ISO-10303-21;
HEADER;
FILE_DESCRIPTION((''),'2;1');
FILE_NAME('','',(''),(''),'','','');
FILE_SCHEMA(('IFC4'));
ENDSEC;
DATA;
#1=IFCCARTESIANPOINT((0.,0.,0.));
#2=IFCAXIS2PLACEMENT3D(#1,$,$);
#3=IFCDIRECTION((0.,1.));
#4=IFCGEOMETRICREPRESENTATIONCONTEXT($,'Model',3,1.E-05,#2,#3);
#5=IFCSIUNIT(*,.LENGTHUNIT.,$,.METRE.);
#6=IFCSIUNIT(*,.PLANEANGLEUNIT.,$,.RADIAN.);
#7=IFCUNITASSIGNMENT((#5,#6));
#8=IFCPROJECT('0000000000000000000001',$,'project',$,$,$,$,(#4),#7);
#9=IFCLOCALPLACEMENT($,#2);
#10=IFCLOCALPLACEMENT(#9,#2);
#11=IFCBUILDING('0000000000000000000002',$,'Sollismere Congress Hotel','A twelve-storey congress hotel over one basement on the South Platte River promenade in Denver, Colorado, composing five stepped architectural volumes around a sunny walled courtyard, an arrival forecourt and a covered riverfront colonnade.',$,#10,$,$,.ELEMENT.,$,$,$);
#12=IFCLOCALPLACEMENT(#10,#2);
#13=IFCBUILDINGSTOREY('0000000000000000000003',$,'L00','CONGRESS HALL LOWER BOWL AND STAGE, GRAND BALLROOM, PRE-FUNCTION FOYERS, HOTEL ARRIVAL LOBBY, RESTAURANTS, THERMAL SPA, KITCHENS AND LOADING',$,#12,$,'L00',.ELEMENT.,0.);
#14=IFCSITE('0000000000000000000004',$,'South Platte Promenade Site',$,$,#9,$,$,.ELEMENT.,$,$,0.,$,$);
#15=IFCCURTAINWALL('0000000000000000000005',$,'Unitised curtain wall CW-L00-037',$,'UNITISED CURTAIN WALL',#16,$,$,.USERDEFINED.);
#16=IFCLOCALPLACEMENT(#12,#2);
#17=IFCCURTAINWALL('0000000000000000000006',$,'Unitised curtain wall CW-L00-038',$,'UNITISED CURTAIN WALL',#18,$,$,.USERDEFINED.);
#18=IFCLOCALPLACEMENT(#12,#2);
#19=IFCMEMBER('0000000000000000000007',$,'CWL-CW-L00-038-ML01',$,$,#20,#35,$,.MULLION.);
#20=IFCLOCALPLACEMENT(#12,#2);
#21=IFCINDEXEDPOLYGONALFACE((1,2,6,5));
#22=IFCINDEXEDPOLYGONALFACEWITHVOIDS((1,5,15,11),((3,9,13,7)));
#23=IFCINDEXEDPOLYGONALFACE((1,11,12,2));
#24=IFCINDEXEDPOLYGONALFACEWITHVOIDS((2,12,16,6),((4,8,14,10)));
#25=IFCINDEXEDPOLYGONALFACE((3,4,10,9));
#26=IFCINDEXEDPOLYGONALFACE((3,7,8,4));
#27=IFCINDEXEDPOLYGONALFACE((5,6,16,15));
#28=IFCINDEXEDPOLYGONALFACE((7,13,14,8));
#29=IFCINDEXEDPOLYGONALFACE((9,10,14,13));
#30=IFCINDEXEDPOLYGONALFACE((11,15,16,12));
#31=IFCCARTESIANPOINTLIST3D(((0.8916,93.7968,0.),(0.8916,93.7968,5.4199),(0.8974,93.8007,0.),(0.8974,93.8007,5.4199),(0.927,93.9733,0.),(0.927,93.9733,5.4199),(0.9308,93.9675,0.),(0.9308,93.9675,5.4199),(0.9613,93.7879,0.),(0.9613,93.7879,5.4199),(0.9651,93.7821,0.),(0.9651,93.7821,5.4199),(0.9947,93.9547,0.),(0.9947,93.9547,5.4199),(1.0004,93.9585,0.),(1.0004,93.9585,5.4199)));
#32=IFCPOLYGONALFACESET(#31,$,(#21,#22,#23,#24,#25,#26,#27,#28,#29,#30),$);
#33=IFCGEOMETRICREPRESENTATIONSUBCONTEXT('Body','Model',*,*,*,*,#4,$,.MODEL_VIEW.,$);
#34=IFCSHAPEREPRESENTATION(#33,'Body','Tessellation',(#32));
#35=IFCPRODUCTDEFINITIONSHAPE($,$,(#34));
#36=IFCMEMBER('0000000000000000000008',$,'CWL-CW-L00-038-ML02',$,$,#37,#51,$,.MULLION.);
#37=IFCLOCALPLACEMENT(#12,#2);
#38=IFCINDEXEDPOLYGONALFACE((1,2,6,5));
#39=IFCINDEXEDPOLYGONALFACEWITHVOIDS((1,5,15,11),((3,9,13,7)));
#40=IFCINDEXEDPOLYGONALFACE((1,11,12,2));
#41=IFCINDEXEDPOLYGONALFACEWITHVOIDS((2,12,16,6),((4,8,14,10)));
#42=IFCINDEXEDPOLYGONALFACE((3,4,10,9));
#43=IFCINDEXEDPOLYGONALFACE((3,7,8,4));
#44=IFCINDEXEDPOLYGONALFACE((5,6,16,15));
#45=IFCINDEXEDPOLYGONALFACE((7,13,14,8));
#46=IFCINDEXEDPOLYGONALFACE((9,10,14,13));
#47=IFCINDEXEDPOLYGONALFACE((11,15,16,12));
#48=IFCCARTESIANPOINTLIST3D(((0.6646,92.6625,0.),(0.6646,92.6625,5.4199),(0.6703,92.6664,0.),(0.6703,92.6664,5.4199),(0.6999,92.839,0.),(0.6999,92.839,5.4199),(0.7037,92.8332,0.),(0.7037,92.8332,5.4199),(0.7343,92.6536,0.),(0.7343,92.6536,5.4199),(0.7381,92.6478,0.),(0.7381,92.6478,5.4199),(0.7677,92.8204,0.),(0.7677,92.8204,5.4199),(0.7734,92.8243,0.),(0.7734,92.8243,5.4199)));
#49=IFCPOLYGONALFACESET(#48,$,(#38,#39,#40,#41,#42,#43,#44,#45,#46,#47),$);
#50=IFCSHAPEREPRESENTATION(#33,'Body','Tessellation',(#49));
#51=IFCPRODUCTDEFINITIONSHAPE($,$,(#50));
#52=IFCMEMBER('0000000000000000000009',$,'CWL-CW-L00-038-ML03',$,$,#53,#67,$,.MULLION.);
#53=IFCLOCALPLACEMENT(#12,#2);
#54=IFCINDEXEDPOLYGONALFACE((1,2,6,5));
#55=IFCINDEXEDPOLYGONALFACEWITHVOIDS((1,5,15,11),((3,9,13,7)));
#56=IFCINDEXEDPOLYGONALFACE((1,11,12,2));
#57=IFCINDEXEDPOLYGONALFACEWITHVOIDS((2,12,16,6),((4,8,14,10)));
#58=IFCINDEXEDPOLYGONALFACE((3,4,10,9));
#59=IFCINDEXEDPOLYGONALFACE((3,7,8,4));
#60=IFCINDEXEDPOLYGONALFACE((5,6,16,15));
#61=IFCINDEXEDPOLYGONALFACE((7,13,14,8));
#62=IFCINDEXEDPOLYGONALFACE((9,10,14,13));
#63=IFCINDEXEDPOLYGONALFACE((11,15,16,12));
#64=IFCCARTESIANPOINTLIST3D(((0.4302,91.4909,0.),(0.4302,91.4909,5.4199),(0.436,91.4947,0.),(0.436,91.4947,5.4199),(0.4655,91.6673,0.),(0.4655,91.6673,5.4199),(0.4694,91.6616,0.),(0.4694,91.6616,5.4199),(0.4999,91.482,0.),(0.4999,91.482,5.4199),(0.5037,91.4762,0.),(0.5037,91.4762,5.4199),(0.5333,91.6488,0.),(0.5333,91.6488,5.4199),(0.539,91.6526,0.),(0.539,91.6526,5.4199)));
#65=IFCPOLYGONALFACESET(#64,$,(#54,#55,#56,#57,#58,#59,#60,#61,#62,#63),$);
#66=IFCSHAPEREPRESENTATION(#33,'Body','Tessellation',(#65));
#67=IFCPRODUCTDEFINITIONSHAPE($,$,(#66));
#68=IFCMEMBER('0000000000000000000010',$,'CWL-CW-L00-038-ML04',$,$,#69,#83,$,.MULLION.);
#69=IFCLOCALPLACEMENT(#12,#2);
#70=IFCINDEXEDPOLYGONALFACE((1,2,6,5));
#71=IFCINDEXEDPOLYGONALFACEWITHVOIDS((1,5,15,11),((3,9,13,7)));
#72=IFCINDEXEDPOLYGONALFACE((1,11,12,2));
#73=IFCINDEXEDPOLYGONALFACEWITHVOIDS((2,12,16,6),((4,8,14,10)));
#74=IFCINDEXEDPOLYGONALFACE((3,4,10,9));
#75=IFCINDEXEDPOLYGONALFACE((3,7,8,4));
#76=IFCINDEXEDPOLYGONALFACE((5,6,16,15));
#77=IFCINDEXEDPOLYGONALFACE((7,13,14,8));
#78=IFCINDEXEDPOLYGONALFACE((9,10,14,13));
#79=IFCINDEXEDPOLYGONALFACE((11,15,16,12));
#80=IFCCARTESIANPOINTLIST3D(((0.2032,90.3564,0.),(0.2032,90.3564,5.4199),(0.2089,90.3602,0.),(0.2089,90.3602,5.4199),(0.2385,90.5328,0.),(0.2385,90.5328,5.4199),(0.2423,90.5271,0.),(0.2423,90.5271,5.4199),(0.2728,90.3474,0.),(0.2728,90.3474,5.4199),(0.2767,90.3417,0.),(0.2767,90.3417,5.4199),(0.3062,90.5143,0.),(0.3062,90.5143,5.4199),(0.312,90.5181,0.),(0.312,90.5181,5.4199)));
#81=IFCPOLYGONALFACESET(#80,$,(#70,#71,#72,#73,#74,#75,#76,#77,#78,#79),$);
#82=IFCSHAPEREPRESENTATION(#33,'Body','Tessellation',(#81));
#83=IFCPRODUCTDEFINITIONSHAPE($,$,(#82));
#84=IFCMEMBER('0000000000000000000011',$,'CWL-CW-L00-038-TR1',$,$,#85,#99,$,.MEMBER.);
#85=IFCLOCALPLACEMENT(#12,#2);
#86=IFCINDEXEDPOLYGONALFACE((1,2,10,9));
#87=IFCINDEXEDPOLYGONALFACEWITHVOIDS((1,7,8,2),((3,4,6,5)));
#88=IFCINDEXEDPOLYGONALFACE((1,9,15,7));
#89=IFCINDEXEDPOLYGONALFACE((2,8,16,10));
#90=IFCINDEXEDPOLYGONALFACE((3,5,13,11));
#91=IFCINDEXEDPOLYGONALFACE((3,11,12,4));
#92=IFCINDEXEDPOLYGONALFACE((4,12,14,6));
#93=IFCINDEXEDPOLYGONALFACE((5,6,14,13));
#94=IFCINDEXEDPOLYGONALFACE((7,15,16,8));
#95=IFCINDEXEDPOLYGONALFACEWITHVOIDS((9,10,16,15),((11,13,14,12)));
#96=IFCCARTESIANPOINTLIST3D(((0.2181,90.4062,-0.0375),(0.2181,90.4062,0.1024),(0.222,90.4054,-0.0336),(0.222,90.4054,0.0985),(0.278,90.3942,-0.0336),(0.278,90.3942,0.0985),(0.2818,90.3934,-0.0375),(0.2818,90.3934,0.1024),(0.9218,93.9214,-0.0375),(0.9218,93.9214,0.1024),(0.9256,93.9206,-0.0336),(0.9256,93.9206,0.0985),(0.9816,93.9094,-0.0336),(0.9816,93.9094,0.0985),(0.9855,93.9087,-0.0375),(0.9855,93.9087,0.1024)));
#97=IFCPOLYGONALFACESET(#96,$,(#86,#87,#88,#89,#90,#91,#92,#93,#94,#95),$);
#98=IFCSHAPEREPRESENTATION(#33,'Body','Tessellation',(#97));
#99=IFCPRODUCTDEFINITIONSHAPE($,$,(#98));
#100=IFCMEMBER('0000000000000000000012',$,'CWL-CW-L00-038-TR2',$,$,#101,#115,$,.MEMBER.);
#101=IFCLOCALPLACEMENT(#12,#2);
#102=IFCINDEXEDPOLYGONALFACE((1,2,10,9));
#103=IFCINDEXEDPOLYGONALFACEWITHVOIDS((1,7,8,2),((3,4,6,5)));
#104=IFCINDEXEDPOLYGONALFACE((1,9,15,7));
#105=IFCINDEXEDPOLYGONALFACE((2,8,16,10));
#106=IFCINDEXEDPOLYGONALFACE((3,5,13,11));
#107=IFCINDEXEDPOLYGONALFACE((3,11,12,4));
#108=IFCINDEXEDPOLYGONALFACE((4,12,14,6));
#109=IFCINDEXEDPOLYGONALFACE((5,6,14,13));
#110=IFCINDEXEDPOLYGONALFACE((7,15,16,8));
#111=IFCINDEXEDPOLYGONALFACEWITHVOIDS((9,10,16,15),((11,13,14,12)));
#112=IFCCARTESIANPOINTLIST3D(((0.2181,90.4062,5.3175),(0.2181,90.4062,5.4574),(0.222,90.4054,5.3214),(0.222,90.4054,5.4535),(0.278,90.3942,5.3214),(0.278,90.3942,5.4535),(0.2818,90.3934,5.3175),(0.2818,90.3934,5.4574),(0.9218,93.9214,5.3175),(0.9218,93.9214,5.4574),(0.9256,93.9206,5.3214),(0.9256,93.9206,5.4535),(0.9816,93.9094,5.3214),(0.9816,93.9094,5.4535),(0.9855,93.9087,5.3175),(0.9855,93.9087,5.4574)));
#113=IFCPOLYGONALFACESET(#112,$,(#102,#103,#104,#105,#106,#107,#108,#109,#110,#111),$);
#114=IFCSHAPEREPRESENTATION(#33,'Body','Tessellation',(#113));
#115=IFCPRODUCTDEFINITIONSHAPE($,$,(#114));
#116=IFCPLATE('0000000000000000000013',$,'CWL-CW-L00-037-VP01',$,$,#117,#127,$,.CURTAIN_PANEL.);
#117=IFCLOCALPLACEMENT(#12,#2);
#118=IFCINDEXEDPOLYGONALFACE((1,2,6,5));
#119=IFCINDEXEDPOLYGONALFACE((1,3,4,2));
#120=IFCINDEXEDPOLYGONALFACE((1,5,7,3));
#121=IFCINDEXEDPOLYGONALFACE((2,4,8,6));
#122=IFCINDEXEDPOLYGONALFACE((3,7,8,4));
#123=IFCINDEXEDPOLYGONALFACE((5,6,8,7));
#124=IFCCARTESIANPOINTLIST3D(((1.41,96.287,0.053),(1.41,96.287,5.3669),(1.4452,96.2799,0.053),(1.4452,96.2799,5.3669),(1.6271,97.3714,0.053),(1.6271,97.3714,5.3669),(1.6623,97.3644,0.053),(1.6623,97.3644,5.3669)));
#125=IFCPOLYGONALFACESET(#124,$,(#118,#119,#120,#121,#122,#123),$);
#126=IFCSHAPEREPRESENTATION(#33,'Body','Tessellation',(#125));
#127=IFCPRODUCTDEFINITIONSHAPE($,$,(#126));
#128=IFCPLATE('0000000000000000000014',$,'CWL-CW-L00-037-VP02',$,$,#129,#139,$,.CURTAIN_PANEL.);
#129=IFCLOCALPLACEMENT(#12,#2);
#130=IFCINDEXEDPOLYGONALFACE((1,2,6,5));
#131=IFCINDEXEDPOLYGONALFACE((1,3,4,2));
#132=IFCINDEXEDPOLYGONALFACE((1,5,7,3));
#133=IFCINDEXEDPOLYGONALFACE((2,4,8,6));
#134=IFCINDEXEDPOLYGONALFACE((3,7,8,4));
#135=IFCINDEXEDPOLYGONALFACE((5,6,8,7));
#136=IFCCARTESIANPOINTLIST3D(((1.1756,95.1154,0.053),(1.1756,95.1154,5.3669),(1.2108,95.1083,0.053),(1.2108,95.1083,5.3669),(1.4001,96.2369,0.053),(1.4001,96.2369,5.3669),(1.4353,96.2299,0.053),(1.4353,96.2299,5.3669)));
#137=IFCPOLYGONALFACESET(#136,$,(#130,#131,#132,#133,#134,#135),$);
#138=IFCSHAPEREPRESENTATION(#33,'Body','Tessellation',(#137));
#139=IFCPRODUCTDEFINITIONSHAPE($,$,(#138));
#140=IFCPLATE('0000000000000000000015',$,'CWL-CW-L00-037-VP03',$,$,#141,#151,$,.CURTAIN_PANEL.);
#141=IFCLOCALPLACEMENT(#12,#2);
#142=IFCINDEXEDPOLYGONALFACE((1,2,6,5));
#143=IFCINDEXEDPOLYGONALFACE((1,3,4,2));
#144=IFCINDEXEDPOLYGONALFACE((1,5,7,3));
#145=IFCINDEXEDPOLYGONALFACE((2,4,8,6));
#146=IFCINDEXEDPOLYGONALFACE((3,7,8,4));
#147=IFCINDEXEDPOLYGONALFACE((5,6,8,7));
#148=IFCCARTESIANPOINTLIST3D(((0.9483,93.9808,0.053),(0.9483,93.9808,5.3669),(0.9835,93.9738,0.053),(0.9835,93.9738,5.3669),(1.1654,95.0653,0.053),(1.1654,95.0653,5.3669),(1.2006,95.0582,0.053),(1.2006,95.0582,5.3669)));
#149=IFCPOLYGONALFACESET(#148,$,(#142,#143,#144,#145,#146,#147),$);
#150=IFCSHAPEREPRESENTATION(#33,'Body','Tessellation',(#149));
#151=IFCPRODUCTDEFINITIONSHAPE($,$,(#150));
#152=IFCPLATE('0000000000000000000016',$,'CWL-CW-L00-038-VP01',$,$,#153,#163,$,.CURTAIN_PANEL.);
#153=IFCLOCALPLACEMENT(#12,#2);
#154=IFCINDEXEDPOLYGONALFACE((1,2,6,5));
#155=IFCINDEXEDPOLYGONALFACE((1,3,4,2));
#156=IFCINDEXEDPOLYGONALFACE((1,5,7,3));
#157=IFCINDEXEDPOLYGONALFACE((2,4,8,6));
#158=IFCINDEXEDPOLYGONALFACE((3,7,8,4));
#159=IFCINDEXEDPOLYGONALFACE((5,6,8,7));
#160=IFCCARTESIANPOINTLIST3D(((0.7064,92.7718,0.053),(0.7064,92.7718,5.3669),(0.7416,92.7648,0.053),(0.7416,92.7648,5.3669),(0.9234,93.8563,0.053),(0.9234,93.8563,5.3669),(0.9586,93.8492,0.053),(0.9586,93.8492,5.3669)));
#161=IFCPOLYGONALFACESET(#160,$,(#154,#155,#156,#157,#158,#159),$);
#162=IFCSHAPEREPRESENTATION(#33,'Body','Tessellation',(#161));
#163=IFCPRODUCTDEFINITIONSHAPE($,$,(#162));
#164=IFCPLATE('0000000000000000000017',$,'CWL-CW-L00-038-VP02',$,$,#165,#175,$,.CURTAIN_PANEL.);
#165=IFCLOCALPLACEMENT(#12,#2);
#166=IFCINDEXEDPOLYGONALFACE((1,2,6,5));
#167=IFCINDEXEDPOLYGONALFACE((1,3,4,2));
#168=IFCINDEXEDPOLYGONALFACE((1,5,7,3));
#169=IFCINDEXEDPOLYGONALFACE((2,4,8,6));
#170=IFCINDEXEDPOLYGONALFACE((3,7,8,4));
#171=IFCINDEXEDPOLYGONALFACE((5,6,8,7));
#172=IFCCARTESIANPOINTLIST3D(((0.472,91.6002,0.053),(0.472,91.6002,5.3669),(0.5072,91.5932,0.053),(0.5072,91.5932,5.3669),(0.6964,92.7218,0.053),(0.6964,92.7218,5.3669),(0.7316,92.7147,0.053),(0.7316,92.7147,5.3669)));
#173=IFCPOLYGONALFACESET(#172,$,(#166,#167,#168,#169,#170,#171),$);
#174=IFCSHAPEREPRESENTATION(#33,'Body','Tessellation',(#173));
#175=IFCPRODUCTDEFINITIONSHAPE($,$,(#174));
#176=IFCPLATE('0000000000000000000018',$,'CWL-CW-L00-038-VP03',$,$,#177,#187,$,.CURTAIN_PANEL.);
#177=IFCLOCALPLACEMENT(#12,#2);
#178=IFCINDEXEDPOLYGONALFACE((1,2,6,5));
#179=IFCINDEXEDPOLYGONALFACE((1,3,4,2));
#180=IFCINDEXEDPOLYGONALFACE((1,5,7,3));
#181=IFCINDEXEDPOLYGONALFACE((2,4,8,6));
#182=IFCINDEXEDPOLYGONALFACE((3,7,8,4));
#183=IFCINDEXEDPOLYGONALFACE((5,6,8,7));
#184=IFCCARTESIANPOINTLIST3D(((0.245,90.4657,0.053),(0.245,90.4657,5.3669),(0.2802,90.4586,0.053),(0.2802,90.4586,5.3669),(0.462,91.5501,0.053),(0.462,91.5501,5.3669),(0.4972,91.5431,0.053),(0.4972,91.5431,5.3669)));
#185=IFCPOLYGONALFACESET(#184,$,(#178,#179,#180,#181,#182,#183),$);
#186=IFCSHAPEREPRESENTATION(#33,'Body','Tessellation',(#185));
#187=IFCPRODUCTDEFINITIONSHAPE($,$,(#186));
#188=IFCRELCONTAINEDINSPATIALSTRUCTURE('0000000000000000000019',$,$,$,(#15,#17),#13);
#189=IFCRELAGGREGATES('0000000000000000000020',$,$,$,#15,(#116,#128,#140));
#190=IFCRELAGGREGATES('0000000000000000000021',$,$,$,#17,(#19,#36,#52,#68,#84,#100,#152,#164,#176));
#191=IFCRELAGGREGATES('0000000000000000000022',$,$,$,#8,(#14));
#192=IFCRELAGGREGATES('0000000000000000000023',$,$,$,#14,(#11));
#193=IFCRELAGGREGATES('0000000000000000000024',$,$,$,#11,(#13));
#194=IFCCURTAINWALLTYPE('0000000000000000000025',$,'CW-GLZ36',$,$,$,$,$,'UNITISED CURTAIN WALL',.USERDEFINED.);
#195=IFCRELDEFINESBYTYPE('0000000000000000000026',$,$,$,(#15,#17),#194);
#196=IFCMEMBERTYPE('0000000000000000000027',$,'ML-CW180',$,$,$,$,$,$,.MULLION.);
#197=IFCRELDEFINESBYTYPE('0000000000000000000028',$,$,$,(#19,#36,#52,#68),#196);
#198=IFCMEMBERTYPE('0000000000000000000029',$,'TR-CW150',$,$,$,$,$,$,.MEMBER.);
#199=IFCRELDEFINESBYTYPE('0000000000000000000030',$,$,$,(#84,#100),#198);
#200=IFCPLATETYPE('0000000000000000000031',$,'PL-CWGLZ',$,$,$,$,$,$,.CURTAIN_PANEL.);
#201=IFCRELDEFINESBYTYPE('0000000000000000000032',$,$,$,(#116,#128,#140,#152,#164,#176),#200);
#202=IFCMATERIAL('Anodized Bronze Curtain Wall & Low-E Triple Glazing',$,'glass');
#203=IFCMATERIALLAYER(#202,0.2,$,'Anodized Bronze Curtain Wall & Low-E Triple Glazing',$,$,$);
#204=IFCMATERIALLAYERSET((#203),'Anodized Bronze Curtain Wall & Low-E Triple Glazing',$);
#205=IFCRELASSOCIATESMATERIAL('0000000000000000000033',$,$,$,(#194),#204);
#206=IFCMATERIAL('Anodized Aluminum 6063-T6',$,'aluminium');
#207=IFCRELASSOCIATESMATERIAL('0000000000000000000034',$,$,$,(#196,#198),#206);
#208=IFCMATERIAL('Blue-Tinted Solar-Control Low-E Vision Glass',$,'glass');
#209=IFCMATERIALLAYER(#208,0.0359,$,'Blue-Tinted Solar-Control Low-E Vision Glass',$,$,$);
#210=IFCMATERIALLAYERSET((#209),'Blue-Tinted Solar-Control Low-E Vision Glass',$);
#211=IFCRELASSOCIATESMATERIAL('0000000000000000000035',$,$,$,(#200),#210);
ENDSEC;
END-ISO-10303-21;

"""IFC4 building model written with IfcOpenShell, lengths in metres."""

from ifc_helpers import new_model, si_unit, direction, frame, origin, origin_2d, place, context, subcontext, project, spatial, rectangle, hollow_rectangle, extrude, material, layer, layer_set, material_profile, profile_set, type_object, element, aggregate, save


model = new_model("IFC4")

# Units and contexts
model_context = context("Model", 3, precision=1e-05, world=origin(), true_north=direction((0.0, 1.0)))
body_context = subcontext(model_context, "Body", "Model", "MODEL_VIEW")
ifc_project = project(units=[si_unit("LENGTHUNIT", "METRE"), si_unit("PLANEANGLEUNIT", "RADIAN")], contexts=[model_context])

# Site, building, storey
site_placement = place(None, origin())
site = spatial("IfcSite", under=ifc_project, at=site_placement, Name="South Platte Promenade Site", CompositionType="ELEMENT", RefElevation=0.0)
building_placement = place(site_placement, origin())
building = spatial("IfcBuilding", under=site, at=building_placement, Name="Sollismere Congress Hotel", Description="A twelve-storey congress hotel over one basement on the South Platte River promenade in Denver, Colorado, composing five stepped architectural volumes around a sunny walled courtyard, an arrival forecourt and a covered riverfront colonnade.", CompositionType="ELEMENT")
storey_placement = place(building_placement, origin())
storey = spatial("IfcBuildingStorey", under=building, at=storey_placement, Name="L00", Description="CONGRESS HALL LOWER BOWL AND STAGE, GRAND BALLROOM, PRE-FUNCTION FOYERS, HOTEL ARRIVAL LOBBY, RESTAURANTS, THERMAL SPA, KITCHENS AND LOADING", LongName="L00", CompositionType="ELEMENT", Elevation=0.0)

# Curtain walls, members
ifc_material_1 = material(Name="Anodized Bronze Curtain Wall & Low-E Triple Glazing", Category="glass")
ifc_layer_1 = layer(ifc_material_1, 0.2, Name="Anodized Bronze Curtain Wall & Low-E Triple Glazing")
ifc_layer_set_1 = layer_set([ifc_layer_1], Name="Anodized Bronze Curtain Wall & Low-E Triple Glazing")
curtain_wall_type = type_object("IfcCurtainWallType", Name="CW-GLZ36", ElementType="UNITISED CURTAIN WALL", PredefinedType="USERDEFINED", material=ifc_layer_set_1)
curtain_wall_1_placement = place(storey_placement, origin())
curtain_wall_1 = element("IfcCurtainWall", 1, at=curtain_wall_1_placement, inside=storey, type_object=curtain_wall_type, Name="Unitised curtain wall CW-L00-037", ObjectType="UNITISED CURTAIN WALL", PredefinedType="USERDEFINED")
ifc_material_2 = material(Name="Anodized Aluminum 6063-T6", Category="aluminium")
ifc_material_profile_1 = material_profile(ifc_material_2, hollow_rectangle(XDim=0.075, YDim=0.1799, WallThickness=0.0049, at=origin_2d()), Name="ALU180X75X5")
ifc_profile_set_1 = profile_set([ifc_material_profile_1], Name="Anodized Aluminum 6063-T6")
member_type_1 = type_object("IfcMemberType", Name="ML-CW180", PredefinedType="MULLION", material=ifc_profile_set_1)
curtain_wall_2_placement = place(storey_placement, origin())
curtain_wall_2 = element("IfcCurtainWall", 2, at=curtain_wall_2_placement, inside=storey, type_object=curtain_wall_type, Name="Unitised curtain wall CW-L00-038", ObjectType="UNITISED CURTAIN WALL", PredefinedType="USERDEFINED")
member_1_placement = place(storey_placement, frame((0.946, 93.8777, 0.0), z_axis=(0.0, 0.0, 1.0), x_axis=(0.980553, -0.196254, 0.0)))
member_1 = element("IfcMember", 3, at=member_1_placement, type_object=member_type_1, Name="CWL-CW-L00-038-ML01", PredefinedType="MULLION", context=body_context, shape_type="SweptSolid", body=[
    extrude(hollow_rectangle(XDim=0.075, YDim=0.1799, WallThickness=0.0049, at=origin_2d()), origin(), (0.0, 0.0, 1.0), 5.4199),
])
member_2_placement = place(storey_placement, frame((0.719, 92.7434, 0.0), z_axis=(0.0, 0.0, 1.0), x_axis=(0.980553, -0.196254, 0.0)))
member_2 = element("IfcMember", 4, at=member_2_placement, type_object=member_type_1, Name="CWL-CW-L00-038-ML02", PredefinedType="MULLION", context=body_context, shape_type="SweptSolid", body=[
    extrude(hollow_rectangle(XDim=0.075, YDim=0.1799, WallThickness=0.0049, at=origin_2d()), origin(), (0.0, 0.0, 1.0), 5.4199),
])
member_3_placement = place(storey_placement, frame((0.4846, 91.5718, 0.0), z_axis=(0.0, 0.0, 1.0), x_axis=(0.980553, -0.196254, 0.0)))
member_3 = element("IfcMember", 5, at=member_3_placement, type_object=member_type_1, Name="CWL-CW-L00-038-ML03", PredefinedType="MULLION", context=body_context, shape_type="SweptSolid", body=[
    extrude(hollow_rectangle(XDim=0.075, YDim=0.1799, WallThickness=0.0049, at=origin_2d()), origin(), (0.0, 0.0, 1.0), 5.4199),
])
member_4_placement = place(storey_placement, frame((0.2576, 90.4373, 0.0), z_axis=(0.0, 0.0, 1.0), x_axis=(0.980553, -0.196254, 0.0)))
member_4 = element("IfcMember", 6, at=member_4_placement, type_object=member_type_1, Name="CWL-CW-L00-038-ML04", PredefinedType="MULLION", context=body_context, shape_type="SweptSolid", body=[
    extrude(hollow_rectangle(XDim=0.075, YDim=0.1799, WallThickness=0.0049, at=origin_2d()), origin(), (0.0, 0.0, 1.0), 5.4199),
])
ifc_material_profile_2 = material_profile(ifc_material_2, hollow_rectangle(XDim=0.0649, YDim=0.1399, WallThickness=0.0039, at=origin_2d()), Name="ALU140X65X4")
ifc_profile_set_2 = profile_set([ifc_material_profile_2], Name="Anodized Aluminum 6063-T6")
member_type_2 = type_object("IfcMemberType", Name="TR-CW150", PredefinedType="MEMBER", material=ifc_profile_set_2)
member_5_placement = place(storey_placement, frame((0.9536, 93.915, 0.0325), z_axis=(-0.196273, -0.980549, 0.0), x_axis=(0.980549, -0.196273, 0.0)))
member_5 = element("IfcMember", 7, at=member_5_placement, type_object=member_type_2, Name="CWL-CW-L00-038-TR1", PredefinedType="MEMBER", context=body_context, shape_type="SweptSolid", body=[
    extrude(hollow_rectangle(XDim=0.0649, YDim=0.1399, WallThickness=0.0039, at=origin_2d()), origin(), (0.0, 0.0, 1.0), 3.585),
])
member_6_placement = place(storey_placement, frame((0.9536, 93.915, 5.3875), z_axis=(-0.196273, -0.980549, 0.0), x_axis=(0.980549, -0.196273, 0.0)))
member_6 = element("IfcMember", 8, at=member_6_placement, type_object=member_type_2, Name="CWL-CW-L00-038-TR2", PredefinedType="MEMBER", context=body_context, shape_type="SweptSolid", body=[
    extrude(hollow_rectangle(XDim=0.0649, YDim=0.1399, WallThickness=0.0039, at=origin_2d()), origin(), (0.0, 0.0, 1.0), 3.585),
])

# Plates
ifc_material_3 = material(Name="Blue-Tinted Solar-Control Low-E Vision Glass", Category="glass")
ifc_layer_2 = layer(ifc_material_3, 0.0359, Name="Blue-Tinted Solar-Control Low-E Vision Glass")
ifc_layer_set_2 = layer_set([ifc_layer_2], Name="Blue-Tinted Solar-Control Low-E Vision Glass")
plate_type_1 = type_object("IfcPlateType", Name="PL-CWGLZ", PredefinedType="CURTAIN_PANEL", material=ifc_layer_set_2)
plate_1_placement = place(storey_placement, frame((1.5361, 96.8257, 0.053), z_axis=(0.0, 0.0, 1.0), x_axis=(-0.196254, -0.980553, 0.0)))
plate_1 = element("IfcPlate", 9, at=plate_1_placement, type_object=plate_type_1, Name="CWL-CW-L00-037-VP01", PredefinedType="CURTAIN_PANEL", context=body_context, shape_type="SweptSolid", body=[
    extrude(rectangle(XDim=1.106, YDim=0.0359, at=origin_2d()), origin(), (0.0, 0.0, 1.0), 5.314),
])
plate_2_placement = place(storey_placement, frame((1.3054, 95.6726, 0.053), z_axis=(0.0, 0.0, 1.0), x_axis=(-0.196254, -0.980553, 0.0)))
plate_2 = element("IfcPlate", 10, at=plate_2_placement, type_object=plate_type_1, Name="CWL-CW-L00-037-VP02", PredefinedType="CURTAIN_PANEL", context=body_context, shape_type="SweptSolid", body=[
    extrude(rectangle(XDim=1.1438, YDim=0.0359, at=origin_2d()), origin(), (0.0, 0.0, 1.0), 5.314),
])
plate_3_placement = place(storey_placement, frame((1.0745, 94.5195, 0.053), z_axis=(0.0, 0.0, 1.0), x_axis=(-0.196254, -0.980553, 0.0)))
plate_3 = element("IfcPlate", 11, at=plate_3_placement, type_object=plate_type_1, Name="CWL-CW-L00-037-VP03", PredefinedType="CURTAIN_PANEL", context=body_context, shape_type="SweptSolid", body=[
    extrude(rectangle(XDim=1.106, YDim=0.0359, at=origin_2d()), origin(), (0.0, 0.0, 1.0), 5.314),
])
aggregate(curtain_wall_1, [plate_1, plate_2, plate_3])
plate_4_placement = place(storey_placement, frame((0.8325, 93.3105, 0.053), z_axis=(0.0, 0.0, 1.0), x_axis=(-0.196254, -0.980553, 0.0)))
plate_4 = element("IfcPlate", 12, at=plate_4_placement, type_object=plate_type_1, Name="CWL-CW-L00-038-VP01", PredefinedType="CURTAIN_PANEL", context=body_context, shape_type="SweptSolid", body=[
    extrude(rectangle(XDim=1.106, YDim=0.0359, at=origin_2d()), origin(), (0.0, 0.0, 1.0), 5.314),
])
plate_5_placement = place(storey_placement, frame((0.6018, 92.1575, 0.053), z_axis=(0.0, 0.0, 1.0), x_axis=(-0.196254, -0.980553, 0.0)))
plate_5 = element("IfcPlate", 13, at=plate_5_placement, type_object=plate_type_1, Name="CWL-CW-L00-038-VP02", PredefinedType="CURTAIN_PANEL", context=body_context, shape_type="SweptSolid", body=[
    extrude(rectangle(XDim=1.1438, YDim=0.0359, at=origin_2d()), origin(), (0.0, 0.0, 1.0), 5.314),
])
plate_6_placement = place(storey_placement, frame((0.3711, 91.0044, 0.053), z_axis=(0.0, 0.0, 1.0), x_axis=(-0.196254, -0.980553, 0.0)))
plate_6 = element("IfcPlate", 14, at=plate_6_placement, type_object=plate_type_1, Name="CWL-CW-L00-038-VP03", PredefinedType="CURTAIN_PANEL", context=body_context, shape_type="SweptSolid", body=[
    extrude(rectangle(XDim=1.106, YDim=0.0359, at=origin_2d()), origin(), (0.0, 0.0, 1.0), 5.314),
])
aggregate(curtain_wall_2, [member_1, member_2, member_3, member_4, member_5, member_6, plate_4, plate_5, plate_6])

save(model, "model.ifc")
